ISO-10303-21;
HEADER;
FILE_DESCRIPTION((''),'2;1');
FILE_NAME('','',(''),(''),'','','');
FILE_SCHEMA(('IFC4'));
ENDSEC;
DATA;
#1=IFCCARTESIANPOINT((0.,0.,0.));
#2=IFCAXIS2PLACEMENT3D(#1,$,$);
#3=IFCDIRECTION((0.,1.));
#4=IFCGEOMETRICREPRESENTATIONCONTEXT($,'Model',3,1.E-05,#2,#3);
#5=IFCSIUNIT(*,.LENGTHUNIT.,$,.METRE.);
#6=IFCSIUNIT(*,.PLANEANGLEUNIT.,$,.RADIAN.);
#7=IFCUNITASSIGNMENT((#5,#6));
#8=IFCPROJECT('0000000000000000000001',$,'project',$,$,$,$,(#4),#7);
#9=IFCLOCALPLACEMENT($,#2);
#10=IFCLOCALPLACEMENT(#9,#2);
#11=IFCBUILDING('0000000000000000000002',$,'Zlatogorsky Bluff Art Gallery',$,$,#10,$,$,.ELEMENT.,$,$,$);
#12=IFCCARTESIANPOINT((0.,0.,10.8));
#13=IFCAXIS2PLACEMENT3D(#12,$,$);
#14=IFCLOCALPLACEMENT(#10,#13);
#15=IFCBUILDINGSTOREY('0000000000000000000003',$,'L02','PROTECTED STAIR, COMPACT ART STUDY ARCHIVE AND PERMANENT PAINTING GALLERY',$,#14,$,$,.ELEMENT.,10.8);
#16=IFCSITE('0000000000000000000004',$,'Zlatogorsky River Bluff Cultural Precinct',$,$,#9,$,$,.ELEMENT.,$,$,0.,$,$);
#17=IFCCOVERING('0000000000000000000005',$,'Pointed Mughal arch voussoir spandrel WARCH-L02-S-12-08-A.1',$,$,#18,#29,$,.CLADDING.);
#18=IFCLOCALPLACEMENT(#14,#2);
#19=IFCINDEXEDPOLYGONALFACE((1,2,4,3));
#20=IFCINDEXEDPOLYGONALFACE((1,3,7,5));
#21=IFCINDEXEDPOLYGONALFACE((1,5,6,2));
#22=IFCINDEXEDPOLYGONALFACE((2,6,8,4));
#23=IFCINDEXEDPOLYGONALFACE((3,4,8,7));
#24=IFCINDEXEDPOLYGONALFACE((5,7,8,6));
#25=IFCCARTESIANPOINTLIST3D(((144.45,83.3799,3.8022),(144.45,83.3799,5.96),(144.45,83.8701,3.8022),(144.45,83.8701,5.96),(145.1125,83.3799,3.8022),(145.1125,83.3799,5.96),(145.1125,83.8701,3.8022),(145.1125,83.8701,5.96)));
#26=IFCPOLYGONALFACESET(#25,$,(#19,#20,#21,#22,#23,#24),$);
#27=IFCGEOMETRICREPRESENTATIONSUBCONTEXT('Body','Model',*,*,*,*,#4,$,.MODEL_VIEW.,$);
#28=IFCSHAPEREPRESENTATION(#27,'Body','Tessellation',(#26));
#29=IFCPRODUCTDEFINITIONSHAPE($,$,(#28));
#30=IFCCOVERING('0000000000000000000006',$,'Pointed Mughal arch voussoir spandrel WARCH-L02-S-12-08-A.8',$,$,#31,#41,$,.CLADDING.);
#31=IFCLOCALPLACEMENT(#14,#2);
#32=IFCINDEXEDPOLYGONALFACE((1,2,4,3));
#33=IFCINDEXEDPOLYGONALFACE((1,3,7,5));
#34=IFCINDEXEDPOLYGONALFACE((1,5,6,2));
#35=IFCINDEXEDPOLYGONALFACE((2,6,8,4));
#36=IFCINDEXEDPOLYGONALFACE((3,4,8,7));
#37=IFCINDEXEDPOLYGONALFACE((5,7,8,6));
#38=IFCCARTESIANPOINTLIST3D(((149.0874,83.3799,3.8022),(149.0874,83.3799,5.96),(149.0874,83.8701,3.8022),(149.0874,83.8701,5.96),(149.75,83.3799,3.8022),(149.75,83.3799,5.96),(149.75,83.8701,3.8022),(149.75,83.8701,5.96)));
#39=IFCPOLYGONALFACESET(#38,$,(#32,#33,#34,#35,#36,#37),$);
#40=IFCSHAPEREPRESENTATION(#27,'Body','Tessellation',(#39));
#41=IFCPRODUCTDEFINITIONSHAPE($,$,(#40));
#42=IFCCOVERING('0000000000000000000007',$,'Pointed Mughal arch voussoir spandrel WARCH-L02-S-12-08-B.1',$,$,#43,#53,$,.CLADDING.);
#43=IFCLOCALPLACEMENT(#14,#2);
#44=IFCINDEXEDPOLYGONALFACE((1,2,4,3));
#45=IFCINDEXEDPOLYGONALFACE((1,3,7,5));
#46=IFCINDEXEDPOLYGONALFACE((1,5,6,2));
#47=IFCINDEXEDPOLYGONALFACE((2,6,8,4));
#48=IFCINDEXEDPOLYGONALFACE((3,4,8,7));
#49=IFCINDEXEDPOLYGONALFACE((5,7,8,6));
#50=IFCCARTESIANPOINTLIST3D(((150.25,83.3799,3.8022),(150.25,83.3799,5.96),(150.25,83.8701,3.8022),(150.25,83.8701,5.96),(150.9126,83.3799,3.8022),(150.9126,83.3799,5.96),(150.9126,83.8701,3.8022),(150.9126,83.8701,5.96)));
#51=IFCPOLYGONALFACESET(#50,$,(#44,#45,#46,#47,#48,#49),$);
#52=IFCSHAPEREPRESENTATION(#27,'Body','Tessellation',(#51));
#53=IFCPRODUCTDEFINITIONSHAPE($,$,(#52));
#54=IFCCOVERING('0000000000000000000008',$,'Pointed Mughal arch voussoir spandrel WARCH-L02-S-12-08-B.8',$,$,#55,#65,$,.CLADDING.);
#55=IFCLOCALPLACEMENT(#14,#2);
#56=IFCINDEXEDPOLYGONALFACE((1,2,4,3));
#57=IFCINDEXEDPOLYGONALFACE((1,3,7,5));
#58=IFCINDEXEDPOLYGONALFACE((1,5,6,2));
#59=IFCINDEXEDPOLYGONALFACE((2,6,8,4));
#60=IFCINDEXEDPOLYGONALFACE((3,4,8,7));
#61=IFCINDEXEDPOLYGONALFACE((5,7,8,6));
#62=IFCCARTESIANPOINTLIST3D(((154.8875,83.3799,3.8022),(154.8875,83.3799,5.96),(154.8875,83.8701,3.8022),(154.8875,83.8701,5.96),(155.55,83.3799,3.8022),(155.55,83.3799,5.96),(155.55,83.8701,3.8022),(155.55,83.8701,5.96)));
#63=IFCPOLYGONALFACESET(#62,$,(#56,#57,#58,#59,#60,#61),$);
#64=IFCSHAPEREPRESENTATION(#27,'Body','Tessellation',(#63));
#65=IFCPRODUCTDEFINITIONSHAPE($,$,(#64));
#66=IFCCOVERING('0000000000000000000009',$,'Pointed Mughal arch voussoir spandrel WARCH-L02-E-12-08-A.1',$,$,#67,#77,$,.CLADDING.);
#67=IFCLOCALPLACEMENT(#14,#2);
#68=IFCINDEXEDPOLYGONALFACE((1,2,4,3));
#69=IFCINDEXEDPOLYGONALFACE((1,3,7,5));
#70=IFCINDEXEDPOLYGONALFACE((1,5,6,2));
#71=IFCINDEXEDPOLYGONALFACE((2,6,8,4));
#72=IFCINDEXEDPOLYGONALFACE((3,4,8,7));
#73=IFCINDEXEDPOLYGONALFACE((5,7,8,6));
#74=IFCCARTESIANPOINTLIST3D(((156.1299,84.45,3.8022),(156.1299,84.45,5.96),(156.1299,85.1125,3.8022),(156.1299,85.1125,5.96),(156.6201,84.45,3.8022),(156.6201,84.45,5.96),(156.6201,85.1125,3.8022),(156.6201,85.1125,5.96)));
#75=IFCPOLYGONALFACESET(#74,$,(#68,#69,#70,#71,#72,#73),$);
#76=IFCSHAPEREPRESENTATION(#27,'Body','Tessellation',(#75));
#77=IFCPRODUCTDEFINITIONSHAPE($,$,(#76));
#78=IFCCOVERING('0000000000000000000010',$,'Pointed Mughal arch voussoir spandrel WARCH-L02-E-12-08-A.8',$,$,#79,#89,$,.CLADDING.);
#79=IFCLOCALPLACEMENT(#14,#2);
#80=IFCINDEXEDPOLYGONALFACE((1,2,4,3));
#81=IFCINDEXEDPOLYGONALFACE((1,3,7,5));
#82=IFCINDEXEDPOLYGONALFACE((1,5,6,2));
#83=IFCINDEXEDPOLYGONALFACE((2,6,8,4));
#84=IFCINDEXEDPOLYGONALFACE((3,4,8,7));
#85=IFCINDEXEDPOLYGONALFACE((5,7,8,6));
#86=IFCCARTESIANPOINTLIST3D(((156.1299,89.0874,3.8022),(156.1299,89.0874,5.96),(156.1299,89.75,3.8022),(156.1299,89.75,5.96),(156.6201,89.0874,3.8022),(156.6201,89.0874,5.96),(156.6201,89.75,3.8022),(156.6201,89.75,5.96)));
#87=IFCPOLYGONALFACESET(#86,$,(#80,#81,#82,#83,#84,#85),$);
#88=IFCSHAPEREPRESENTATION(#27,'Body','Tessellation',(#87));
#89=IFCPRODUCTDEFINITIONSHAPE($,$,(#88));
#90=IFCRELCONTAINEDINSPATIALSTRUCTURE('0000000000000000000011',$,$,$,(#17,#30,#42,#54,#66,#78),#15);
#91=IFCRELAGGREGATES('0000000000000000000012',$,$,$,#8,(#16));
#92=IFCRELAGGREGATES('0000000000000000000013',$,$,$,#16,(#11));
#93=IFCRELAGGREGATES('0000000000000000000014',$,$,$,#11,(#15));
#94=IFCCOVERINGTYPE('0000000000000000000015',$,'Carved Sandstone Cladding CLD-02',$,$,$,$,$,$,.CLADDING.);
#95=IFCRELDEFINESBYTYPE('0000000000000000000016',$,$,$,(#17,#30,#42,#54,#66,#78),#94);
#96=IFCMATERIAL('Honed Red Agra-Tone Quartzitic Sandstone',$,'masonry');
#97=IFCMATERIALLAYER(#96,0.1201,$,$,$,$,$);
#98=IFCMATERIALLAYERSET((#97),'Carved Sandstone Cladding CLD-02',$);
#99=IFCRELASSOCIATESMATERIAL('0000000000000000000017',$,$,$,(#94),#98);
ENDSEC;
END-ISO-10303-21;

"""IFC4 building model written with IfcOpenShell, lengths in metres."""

from ifc_helpers import new_model, si_unit, direction, frame, origin, place, context, subcontext, project, spatial, polyline, outline, extrude, material, layer, layer_set, type_object, element, save


model = new_model("IFC4")

# Units and contexts
model_context = context("Model", 3, precision=1e-05, world=origin(), true_north=direction((0.0, 1.0)))
body_context = subcontext(model_context, "Body", "Model", "MODEL_VIEW")
ifc_project = project(units=[si_unit("LENGTHUNIT", "METRE"), si_unit("PLANEANGLEUNIT", "RADIAN")], contexts=[model_context])

# Site, building, storey
site_placement = place(None, origin())
site = spatial("IfcSite", under=ifc_project, at=site_placement, Name="Zlatogorsky River Bluff Cultural Precinct", CompositionType="ELEMENT", RefElevation=0.0)
building_placement = place(site_placement, origin())
building = spatial("IfcBuilding", under=site, at=building_placement, Name="Zlatogorsky Bluff Art Gallery", CompositionType="ELEMENT")
storey_placement = place(building_placement, frame((0.0, 0.0, 10.8)))
storey = spatial("IfcBuildingStorey", under=building, at=storey_placement, Name="L02", Description="PROTECTED STAIR, COMPACT ART STUDY ARCHIVE AND PERMANENT PAINTING GALLERY", CompositionType="ELEMENT", Elevation=10.8)

# Coverings
ifc_material = material(Name="Honed Red Agra-Tone Quartzitic Sandstone", Category="masonry")
ifc_layer = layer(ifc_material, 0.1201)
ifc_layer_set = layer_set([ifc_layer], Name="Carved Sandstone Cladding CLD-02")
covering_type = type_object("IfcCoveringType", Name="Carved Sandstone Cladding CLD-02", PredefinedType="CLADDING", material=ifc_layer_set)
covering_1_placement = place(storey_placement, frame((0.0, 0.0, 3.8022)))
element("IfcCovering", 1, at=covering_1_placement, inside=storey, type_object=covering_type, Name="Pointed Mughal arch voussoir spandrel WARCH-L02-S-12-08-A.1", PredefinedType="CLADDING", context=body_context, shape_type="SweptSolid", body=[
    extrude(outline(polyline([(144.45, 83.3799), (145.1125, 83.3799), (145.1125, 83.8701), (144.45, 83.8701), (144.45, 83.3799)])), origin(), (0.0, 0.0, 1.0), 2.1577),
])
covering_2_placement = place(storey_placement, frame((0.0, 0.0, 3.8022)))
element("IfcCovering", 2, at=covering_2_placement, inside=storey, type_object=covering_type, Name="Pointed Mughal arch voussoir spandrel WARCH-L02-S-12-08-A.8", PredefinedType="CLADDING", context=body_context, shape_type="SweptSolid", body=[
    extrude(outline(polyline([(149.0874, 83.3799), (149.75, 83.3799), (149.75, 83.8701), (149.0874, 83.8701), (149.0874, 83.3799)])), origin(), (0.0, 0.0, 1.0), 2.1577),
])
covering_3_placement = place(storey_placement, frame((0.0, 0.0, 3.8022)))
element("IfcCovering", 3, at=covering_3_placement, inside=storey, type_object=covering_type, Name="Pointed Mughal arch voussoir spandrel WARCH-L02-S-12-08-B.1", PredefinedType="CLADDING", context=body_context, shape_type="SweptSolid", body=[
    extrude(outline(polyline([(150.25, 83.3799), (150.9126, 83.3799), (150.9126, 83.8701), (150.25, 83.8701), (150.25, 83.3799)])), origin(), (0.0, 0.0, 1.0), 2.1577),
])
covering_4_placement = place(storey_placement, frame((0.0, 0.0, 3.8022)))
element("IfcCovering", 4, at=covering_4_placement, inside=storey, type_object=covering_type, Name="Pointed Mughal arch voussoir spandrel WARCH-L02-S-12-08-B.8", PredefinedType="CLADDING", context=body_context, shape_type="SweptSolid", body=[
    extrude(outline(polyline([(154.8875, 83.3799), (155.55, 83.3799), (155.55, 83.8701), (154.8875, 83.8701), (154.8875, 83.3799)])), origin(), (0.0, 0.0, 1.0), 2.1577),
])
covering_5_placement = place(storey_placement, frame((0.0, 0.0, 3.8022)))
element("IfcCovering", 5, at=covering_5_placement, inside=storey, type_object=covering_type, Name="Pointed Mughal arch voussoir spandrel WARCH-L02-E-12-08-A.1", PredefinedType="CLADDING", context=body_context, shape_type="SweptSolid", body=[
    extrude(outline(polyline([(156.1299, 84.45), (156.1299, 85.1125), (156.6201, 85.1125), (156.6201, 84.45), (156.1299, 84.45)])), origin(), (0.0, 0.0, 1.0), 2.1577),
])
covering_6_placement = place(storey_placement, frame((0.0, 0.0, 3.8022)))
element("IfcCovering", 6, at=covering_6_placement, inside=storey, type_object=covering_type, Name="Pointed Mughal arch voussoir spandrel WARCH-L02-E-12-08-A.8", PredefinedType="CLADDING", context=body_context, shape_type="SweptSolid", body=[
    extrude(outline(polyline([(156.1299, 89.0874), (156.1299, 89.75), (156.6201, 89.75), (156.6201, 89.0874), (156.1299, 89.0874)])), origin(), (0.0, 0.0, 1.0), 2.1577),
])

save(model, "model.ifc")
